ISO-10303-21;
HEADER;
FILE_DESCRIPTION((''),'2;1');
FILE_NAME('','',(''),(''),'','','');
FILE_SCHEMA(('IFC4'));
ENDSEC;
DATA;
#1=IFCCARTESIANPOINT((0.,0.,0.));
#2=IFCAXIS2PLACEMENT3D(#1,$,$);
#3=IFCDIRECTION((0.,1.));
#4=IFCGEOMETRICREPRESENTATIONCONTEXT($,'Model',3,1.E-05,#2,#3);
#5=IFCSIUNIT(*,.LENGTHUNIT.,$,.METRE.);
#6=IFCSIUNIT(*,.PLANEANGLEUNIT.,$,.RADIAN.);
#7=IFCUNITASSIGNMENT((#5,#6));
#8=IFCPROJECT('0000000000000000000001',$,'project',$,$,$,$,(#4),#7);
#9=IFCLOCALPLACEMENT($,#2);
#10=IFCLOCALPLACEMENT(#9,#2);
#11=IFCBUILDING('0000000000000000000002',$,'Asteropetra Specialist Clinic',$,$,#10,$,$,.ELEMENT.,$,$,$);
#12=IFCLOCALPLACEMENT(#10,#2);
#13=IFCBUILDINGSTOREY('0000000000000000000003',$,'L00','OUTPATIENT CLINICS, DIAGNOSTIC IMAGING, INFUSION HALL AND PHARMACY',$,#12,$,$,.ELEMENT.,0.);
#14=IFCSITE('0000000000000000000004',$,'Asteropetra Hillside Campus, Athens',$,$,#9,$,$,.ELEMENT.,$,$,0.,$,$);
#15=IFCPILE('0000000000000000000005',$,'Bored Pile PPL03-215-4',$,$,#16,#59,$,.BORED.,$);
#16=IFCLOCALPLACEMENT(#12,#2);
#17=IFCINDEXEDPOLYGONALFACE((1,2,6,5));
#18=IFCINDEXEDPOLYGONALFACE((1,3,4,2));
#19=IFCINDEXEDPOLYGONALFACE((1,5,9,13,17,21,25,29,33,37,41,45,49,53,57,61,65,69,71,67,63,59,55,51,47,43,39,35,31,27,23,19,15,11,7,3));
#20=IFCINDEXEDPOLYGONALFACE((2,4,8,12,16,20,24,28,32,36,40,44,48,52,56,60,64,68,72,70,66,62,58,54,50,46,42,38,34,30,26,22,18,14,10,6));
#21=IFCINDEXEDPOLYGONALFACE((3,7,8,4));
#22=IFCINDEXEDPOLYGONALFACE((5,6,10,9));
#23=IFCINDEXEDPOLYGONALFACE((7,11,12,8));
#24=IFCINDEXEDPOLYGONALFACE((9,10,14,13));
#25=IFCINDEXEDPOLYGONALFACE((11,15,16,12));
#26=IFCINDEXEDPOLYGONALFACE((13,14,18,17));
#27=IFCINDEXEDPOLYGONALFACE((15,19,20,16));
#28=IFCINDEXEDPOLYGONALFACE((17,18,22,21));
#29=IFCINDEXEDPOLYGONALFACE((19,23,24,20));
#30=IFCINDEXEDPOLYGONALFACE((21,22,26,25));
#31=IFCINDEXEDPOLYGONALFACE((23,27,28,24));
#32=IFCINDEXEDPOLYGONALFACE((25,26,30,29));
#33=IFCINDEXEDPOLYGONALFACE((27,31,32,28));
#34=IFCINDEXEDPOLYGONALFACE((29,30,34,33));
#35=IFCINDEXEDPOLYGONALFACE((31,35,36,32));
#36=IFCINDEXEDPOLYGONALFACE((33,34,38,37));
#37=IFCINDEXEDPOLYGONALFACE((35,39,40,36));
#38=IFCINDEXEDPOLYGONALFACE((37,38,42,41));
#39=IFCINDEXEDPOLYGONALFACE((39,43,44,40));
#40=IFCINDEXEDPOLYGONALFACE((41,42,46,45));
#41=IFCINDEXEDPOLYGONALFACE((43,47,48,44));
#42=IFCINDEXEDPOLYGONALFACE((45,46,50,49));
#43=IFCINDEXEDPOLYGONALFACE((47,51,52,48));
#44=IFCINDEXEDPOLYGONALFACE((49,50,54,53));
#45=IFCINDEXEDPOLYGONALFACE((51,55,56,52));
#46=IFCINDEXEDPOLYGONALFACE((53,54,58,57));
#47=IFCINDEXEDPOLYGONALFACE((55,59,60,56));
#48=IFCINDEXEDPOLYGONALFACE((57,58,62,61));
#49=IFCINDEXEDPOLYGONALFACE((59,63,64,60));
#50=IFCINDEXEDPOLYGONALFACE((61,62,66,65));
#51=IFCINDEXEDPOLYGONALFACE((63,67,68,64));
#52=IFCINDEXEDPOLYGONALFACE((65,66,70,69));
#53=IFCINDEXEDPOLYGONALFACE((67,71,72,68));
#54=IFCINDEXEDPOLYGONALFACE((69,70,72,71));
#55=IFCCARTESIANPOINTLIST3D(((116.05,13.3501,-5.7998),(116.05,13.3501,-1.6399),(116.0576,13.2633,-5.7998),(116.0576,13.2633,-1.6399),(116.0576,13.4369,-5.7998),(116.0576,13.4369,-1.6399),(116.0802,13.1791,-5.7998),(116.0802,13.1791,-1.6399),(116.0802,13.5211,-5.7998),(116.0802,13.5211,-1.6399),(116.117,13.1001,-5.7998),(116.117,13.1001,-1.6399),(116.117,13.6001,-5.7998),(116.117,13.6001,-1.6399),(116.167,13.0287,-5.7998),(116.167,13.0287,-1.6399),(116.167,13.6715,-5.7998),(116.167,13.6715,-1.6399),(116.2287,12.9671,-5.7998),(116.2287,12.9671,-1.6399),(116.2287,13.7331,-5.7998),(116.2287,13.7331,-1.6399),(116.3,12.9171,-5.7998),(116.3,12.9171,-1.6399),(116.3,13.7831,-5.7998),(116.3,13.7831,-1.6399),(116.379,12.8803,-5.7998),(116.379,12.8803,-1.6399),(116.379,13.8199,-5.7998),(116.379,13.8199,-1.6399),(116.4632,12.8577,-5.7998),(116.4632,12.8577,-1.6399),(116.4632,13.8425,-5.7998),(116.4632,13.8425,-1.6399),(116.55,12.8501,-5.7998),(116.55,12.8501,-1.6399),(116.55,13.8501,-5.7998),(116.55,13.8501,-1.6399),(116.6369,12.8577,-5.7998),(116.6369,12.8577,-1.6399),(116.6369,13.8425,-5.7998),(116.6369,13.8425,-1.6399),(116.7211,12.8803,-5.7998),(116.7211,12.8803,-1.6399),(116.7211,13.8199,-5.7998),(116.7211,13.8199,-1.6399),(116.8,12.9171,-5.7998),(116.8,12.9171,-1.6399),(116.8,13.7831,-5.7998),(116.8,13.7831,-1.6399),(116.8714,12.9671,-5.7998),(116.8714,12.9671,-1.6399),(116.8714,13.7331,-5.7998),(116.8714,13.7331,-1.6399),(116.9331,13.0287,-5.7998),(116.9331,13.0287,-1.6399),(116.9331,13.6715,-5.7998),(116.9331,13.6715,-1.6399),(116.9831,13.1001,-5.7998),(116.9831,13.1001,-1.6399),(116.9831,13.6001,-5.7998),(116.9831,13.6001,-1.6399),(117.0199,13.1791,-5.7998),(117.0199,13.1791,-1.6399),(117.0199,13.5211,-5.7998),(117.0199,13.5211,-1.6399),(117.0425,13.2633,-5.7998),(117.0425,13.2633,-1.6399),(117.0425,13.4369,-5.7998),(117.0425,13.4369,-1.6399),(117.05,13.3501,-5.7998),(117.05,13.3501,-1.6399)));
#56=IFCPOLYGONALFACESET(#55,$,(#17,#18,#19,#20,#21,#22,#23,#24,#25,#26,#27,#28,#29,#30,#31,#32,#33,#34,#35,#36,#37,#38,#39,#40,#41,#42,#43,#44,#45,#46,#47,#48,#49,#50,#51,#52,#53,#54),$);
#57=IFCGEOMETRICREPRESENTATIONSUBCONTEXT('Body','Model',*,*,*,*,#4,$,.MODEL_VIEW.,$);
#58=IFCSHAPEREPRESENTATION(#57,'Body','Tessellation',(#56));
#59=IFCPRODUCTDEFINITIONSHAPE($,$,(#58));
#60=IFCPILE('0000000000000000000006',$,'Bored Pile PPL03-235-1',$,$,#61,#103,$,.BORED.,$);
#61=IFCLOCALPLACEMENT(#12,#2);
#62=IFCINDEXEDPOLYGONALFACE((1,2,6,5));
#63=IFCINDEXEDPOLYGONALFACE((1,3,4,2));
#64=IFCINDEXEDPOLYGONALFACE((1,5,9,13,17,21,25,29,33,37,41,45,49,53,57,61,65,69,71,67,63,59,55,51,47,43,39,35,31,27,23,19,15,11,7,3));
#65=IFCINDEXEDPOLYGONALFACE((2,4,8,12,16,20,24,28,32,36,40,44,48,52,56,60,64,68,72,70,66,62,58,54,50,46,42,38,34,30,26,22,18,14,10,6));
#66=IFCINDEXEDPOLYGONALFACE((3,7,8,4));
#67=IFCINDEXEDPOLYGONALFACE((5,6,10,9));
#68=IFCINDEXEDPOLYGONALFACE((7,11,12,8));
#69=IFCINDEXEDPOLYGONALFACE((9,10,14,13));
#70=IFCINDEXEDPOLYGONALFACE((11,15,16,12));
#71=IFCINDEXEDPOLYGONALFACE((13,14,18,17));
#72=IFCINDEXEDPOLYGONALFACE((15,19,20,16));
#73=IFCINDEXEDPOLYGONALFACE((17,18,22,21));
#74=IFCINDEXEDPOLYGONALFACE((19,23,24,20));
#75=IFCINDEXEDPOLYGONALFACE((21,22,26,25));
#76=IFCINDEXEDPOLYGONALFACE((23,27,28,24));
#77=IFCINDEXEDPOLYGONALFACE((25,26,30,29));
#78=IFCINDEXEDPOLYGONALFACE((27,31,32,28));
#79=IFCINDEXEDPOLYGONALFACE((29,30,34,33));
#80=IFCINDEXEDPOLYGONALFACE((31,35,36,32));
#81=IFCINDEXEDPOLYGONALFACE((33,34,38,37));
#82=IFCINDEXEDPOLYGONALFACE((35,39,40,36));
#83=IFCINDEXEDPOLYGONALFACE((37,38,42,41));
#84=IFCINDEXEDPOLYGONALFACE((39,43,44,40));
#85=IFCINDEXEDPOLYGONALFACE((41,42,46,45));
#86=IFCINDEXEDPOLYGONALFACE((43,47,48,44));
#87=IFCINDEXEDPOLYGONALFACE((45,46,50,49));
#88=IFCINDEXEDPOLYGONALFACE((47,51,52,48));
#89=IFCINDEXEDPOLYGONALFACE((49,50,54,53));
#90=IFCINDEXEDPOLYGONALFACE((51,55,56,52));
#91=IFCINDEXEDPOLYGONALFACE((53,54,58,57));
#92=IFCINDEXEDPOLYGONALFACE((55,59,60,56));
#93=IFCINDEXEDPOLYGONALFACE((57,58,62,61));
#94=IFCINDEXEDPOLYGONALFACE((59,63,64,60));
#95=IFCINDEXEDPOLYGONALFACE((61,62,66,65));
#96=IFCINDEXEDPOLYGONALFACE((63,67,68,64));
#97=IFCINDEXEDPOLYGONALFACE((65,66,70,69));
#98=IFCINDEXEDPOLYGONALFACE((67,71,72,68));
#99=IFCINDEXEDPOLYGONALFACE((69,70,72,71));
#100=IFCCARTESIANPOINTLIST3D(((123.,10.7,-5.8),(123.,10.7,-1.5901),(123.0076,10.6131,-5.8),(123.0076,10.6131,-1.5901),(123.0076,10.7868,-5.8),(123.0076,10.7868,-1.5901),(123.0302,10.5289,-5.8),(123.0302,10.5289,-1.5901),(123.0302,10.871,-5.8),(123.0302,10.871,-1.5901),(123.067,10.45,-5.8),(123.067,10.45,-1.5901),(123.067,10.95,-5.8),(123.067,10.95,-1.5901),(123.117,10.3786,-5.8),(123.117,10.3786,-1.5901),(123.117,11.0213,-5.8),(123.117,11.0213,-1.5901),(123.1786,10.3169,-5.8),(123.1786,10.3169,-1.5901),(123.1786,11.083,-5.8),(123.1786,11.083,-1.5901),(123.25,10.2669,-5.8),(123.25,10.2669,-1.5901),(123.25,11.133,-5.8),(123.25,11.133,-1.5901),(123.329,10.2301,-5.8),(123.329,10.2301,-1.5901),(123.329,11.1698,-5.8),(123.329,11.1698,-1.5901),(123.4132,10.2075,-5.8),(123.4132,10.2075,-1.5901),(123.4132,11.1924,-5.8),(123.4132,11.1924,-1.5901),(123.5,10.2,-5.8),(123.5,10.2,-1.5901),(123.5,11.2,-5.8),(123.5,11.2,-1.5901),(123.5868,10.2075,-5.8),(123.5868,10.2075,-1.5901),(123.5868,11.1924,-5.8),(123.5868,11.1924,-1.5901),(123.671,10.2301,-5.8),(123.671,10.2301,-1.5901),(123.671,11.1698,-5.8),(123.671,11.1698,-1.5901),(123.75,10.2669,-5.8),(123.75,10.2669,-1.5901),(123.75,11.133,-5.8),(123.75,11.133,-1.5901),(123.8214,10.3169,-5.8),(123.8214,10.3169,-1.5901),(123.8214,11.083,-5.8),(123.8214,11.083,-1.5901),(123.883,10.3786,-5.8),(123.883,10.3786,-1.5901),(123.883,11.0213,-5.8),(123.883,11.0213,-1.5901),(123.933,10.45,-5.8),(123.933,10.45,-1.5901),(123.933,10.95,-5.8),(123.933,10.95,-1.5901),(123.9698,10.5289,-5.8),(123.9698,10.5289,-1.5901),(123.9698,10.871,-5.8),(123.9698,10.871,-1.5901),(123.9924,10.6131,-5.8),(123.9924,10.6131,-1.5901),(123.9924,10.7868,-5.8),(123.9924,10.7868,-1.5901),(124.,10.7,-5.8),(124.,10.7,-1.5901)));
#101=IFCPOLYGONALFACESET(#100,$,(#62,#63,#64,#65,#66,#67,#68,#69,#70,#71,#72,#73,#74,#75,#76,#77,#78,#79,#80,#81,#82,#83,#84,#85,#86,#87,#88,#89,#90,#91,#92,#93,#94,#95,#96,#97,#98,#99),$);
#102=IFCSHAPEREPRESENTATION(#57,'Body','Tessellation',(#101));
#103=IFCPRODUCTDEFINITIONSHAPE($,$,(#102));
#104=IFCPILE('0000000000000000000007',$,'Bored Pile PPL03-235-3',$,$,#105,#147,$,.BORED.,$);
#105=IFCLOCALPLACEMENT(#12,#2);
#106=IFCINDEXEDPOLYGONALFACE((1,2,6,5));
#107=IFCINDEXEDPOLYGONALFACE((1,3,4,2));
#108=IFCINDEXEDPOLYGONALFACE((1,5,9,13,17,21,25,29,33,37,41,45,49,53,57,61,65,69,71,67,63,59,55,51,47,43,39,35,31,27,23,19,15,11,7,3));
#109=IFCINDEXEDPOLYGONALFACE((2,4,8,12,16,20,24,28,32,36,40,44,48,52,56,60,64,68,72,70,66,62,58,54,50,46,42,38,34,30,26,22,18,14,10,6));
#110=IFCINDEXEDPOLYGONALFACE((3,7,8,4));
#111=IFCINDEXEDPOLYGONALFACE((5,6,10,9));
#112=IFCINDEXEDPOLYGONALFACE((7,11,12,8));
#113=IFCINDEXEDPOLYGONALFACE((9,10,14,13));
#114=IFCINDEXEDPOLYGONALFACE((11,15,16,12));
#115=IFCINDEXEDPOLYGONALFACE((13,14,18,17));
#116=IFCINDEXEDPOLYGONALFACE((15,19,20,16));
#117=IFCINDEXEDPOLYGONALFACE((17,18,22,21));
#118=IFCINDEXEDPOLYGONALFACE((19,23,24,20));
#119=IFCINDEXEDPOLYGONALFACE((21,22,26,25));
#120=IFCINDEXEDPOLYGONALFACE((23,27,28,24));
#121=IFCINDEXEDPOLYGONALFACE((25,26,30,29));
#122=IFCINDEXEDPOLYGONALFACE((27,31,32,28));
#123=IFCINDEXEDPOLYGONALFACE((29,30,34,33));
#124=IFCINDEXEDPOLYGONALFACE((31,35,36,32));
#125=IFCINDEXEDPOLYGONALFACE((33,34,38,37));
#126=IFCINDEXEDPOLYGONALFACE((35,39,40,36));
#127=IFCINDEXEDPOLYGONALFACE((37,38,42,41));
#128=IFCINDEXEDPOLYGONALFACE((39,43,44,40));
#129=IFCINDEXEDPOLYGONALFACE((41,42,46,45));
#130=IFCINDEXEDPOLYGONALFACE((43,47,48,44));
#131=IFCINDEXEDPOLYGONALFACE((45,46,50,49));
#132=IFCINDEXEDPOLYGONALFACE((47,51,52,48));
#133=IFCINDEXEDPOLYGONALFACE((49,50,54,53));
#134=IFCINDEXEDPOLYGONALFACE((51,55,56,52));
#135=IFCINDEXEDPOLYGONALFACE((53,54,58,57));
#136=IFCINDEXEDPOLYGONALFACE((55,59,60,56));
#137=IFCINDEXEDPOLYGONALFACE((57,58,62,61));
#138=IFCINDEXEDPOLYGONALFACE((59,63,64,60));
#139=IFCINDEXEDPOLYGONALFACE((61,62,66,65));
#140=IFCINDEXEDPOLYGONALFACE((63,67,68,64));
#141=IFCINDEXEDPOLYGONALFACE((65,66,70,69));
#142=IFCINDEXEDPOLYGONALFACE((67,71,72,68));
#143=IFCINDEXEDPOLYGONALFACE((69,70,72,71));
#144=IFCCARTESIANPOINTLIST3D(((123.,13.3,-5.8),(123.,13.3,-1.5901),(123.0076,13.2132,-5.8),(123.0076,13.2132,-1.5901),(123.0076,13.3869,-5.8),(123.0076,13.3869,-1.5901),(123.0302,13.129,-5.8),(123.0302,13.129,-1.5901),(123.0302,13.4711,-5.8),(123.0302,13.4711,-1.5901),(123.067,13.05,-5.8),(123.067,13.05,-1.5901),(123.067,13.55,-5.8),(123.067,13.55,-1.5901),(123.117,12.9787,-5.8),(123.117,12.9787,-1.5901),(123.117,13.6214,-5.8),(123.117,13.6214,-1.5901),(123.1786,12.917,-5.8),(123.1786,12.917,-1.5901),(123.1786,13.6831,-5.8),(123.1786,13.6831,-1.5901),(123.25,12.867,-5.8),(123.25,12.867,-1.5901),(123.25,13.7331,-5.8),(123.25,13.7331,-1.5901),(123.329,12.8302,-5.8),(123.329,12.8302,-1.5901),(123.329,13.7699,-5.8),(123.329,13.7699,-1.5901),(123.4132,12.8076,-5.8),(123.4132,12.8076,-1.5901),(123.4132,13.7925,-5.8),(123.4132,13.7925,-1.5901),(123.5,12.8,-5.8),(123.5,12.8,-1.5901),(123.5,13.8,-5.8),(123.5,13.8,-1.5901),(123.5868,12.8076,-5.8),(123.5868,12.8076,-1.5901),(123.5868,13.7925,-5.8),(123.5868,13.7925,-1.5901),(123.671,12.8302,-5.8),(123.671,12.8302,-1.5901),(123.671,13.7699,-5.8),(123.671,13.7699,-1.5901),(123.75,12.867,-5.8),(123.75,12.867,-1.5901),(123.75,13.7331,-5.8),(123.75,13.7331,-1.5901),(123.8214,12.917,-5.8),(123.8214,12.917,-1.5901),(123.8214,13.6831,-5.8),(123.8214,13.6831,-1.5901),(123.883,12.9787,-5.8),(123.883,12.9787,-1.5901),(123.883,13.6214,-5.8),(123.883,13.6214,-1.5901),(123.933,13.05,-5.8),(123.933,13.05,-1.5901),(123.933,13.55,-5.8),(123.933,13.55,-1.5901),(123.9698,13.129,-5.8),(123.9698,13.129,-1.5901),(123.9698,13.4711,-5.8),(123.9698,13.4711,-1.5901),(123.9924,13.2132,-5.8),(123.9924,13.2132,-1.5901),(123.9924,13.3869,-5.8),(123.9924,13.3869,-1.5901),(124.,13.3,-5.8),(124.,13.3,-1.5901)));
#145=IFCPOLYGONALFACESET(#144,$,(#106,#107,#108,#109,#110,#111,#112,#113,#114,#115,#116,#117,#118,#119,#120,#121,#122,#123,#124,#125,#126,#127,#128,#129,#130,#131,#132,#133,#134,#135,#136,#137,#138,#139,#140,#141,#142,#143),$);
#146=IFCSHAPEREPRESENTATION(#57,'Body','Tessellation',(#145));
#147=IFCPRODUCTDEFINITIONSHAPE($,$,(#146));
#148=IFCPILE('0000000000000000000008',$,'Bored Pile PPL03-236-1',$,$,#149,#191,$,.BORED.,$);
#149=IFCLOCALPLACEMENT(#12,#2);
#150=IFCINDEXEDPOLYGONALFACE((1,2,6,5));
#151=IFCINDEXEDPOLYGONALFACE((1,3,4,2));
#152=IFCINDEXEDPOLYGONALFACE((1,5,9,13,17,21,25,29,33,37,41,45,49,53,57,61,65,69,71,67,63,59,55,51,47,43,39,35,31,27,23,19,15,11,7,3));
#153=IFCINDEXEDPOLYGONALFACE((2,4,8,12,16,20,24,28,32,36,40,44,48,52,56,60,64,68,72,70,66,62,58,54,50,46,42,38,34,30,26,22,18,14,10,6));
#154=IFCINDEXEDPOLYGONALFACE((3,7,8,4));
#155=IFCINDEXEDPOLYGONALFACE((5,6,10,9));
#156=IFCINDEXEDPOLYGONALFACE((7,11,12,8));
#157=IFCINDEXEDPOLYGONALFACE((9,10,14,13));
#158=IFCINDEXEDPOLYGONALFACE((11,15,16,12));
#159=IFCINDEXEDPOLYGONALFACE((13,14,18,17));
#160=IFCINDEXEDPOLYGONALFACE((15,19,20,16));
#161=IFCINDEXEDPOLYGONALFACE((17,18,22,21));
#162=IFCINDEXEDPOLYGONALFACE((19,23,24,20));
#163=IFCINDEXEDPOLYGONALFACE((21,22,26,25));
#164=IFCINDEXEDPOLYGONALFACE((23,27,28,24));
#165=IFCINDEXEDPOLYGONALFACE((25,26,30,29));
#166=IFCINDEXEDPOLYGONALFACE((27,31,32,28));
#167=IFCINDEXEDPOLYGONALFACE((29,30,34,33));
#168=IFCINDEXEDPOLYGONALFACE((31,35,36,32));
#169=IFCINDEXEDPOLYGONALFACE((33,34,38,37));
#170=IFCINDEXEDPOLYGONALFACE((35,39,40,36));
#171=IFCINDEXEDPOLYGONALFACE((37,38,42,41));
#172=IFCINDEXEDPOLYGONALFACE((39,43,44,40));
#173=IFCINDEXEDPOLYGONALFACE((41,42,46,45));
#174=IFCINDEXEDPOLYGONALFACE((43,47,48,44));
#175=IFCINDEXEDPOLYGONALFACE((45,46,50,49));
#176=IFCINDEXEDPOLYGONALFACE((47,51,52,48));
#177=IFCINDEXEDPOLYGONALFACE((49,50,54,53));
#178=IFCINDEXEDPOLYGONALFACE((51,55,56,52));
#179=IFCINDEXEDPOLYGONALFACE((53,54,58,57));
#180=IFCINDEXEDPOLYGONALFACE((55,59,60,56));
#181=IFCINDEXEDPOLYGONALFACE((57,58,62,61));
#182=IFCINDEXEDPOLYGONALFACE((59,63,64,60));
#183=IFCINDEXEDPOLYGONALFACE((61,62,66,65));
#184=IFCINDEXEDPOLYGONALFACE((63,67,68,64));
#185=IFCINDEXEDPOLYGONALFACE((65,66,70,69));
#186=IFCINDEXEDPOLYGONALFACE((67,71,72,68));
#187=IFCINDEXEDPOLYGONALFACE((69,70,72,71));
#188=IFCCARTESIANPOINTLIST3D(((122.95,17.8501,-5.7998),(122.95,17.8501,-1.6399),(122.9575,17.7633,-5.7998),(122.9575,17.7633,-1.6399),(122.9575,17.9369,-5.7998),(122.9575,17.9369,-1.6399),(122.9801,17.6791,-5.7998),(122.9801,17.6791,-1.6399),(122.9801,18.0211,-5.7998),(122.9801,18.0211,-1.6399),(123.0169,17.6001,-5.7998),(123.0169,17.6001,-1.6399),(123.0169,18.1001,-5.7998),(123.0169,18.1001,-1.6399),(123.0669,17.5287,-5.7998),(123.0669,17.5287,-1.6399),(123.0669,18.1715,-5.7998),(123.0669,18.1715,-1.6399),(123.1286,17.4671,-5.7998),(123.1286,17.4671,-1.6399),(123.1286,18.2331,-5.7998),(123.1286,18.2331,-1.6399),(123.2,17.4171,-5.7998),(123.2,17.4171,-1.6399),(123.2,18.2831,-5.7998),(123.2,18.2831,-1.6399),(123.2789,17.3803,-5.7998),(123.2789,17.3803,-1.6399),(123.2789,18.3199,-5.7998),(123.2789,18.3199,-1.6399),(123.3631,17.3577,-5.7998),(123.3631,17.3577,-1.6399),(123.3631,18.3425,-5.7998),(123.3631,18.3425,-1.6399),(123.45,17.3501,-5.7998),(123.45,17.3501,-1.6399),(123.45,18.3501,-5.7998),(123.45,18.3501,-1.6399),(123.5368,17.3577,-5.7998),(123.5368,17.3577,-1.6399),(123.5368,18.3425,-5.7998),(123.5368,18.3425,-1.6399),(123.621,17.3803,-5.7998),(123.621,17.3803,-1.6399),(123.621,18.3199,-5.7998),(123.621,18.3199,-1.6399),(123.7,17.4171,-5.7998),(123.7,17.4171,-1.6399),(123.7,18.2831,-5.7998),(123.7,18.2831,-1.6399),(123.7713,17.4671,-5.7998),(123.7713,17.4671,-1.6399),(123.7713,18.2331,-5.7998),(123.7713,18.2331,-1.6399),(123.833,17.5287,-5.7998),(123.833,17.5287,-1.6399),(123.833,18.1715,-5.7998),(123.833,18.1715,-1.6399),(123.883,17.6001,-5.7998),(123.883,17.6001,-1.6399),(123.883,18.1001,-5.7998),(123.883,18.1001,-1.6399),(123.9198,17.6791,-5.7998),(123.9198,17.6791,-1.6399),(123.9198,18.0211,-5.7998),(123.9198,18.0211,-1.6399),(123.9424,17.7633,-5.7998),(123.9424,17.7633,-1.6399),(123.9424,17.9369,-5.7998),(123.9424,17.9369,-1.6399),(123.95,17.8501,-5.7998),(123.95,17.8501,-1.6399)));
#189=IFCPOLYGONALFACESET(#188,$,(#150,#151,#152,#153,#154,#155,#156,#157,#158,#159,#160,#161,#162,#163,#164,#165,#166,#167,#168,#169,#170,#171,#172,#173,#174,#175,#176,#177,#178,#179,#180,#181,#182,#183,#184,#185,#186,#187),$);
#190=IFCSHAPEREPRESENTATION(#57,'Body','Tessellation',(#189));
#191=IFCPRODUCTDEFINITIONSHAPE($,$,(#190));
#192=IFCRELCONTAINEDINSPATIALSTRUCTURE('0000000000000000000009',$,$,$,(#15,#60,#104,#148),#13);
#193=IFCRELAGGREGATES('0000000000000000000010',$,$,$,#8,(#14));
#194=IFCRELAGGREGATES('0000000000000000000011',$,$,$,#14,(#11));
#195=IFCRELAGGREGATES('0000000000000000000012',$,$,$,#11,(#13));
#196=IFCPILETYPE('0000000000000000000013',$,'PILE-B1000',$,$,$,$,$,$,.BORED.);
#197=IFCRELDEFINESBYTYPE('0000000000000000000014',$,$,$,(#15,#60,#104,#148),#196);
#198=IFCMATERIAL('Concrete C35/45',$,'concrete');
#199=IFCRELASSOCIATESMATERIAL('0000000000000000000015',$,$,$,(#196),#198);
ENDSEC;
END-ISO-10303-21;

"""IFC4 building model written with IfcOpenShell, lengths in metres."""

from ifc_helpers import new_model, si_unit, direction, frame, origin, origin_2d, place, context, subcontext, project, spatial, circle, extrude, material, material_profile, profile_set, type_object, element, save


model = new_model("IFC4")

# Units and contexts
model_context = context("Model", 3, precision=1e-05, world=origin(), true_north=direction((0.0, 1.0)))
body_context = subcontext(model_context, "Body", "Model", "MODEL_VIEW")
ifc_project = project(units=[si_unit("LENGTHUNIT", "METRE"), si_unit("PLANEANGLEUNIT", "RADIAN")], contexts=[model_context])

# Site, building, storey
site_placement = place(None, origin())
site = spatial("IfcSite", under=ifc_project, at=site_placement, Name="Asteropetra Hillside Campus, Athens", CompositionType="ELEMENT", RefElevation=0.0)
building_placement = place(site_placement, origin())
building = spatial("IfcBuilding", under=site, at=building_placement, Name="Asteropetra Specialist Clinic", CompositionType="ELEMENT")
storey_placement = place(building_placement, origin())
storey = spatial("IfcBuildingStorey", under=building, at=storey_placement, Name="L00", Description="OUTPATIENT CLINICS, DIAGNOSTIC IMAGING, INFUSION HALL AND PHARMACY", CompositionType="ELEMENT", Elevation=0.0)

# Piles
ifc_material_1 = material(Name="Concrete C35/45", Category="concrete")
ifc_material_profile_1 = material_profile(ifc_material_1, circle(Radius=0.5, at=origin_2d()), Name="PILE D1000")
ifc_profile_set_1 = profile_set([ifc_material_profile_1], Name="Concrete C35/45")
pile_type_1 = type_object("IfcPileType", Name="PILE-B1000", PredefinedType="BORED", material=ifc_profile_set_1)
for number, where, z_axis, x_axis, name in (
    (1, (116.55, 13.3501, -1.6399), (0.0, 0.0, -1.0), (1.0, 0.0, 0.0), "Bored Pile PPL03-215-4"),
):
    element("IfcPile", number, at=place(storey_placement, frame(where, z_axis=z_axis, x_axis=x_axis)), inside=storey, type_object=pile_type_1, Name=name, PredefinedType="BORED", context=body_context, shape_type="SweptSolid", body=[
        extrude(circle(Radius=0.5, at=origin_2d()), origin(), (0.0, 0.0, 1.0), 4.1599),
    ])
for number, where, z_axis, x_axis, name in (
    (2, (123.5, 10.7, -1.5901), (0.0, 0.0, -1.0), (1.0, 0.0, 0.0), "Bored Pile PPL03-235-1"),
    (3, (123.5, 13.3, -1.5901), (0.0, 0.0, -1.0), (1.0, 0.0, 0.0), "Bored Pile PPL03-235-3"),
):
    element("IfcPile", number, at=place(storey_placement, frame(where, z_axis=z_axis, x_axis=x_axis)), inside=storey, type_object=pile_type_1, Name=name, PredefinedType="BORED", context=body_context, shape_type="SweptSolid", body=[
        extrude(circle(Radius=0.5, at=origin_2d()), origin(), (0.0, 0.0, 1.0), 4.21),
    ])
pile_placement = place(storey_placement, frame((123.45, 17.8501, -1.6399), z_axis=(0.0, 0.0, -1.0), x_axis=(1.0, 0.0, 0.0)))
element("IfcPile", 4, at=pile_placement, inside=storey, type_object=pile_type_1, Name="Bored Pile PPL03-236-1", PredefinedType="BORED", context=body_context, shape_type="SweptSolid", body=[
    extrude(circle(Radius=0.5, at=origin_2d()), origin(), (0.0, 0.0, 1.0), 4.1599),
])

save(model, "model.ifc")
